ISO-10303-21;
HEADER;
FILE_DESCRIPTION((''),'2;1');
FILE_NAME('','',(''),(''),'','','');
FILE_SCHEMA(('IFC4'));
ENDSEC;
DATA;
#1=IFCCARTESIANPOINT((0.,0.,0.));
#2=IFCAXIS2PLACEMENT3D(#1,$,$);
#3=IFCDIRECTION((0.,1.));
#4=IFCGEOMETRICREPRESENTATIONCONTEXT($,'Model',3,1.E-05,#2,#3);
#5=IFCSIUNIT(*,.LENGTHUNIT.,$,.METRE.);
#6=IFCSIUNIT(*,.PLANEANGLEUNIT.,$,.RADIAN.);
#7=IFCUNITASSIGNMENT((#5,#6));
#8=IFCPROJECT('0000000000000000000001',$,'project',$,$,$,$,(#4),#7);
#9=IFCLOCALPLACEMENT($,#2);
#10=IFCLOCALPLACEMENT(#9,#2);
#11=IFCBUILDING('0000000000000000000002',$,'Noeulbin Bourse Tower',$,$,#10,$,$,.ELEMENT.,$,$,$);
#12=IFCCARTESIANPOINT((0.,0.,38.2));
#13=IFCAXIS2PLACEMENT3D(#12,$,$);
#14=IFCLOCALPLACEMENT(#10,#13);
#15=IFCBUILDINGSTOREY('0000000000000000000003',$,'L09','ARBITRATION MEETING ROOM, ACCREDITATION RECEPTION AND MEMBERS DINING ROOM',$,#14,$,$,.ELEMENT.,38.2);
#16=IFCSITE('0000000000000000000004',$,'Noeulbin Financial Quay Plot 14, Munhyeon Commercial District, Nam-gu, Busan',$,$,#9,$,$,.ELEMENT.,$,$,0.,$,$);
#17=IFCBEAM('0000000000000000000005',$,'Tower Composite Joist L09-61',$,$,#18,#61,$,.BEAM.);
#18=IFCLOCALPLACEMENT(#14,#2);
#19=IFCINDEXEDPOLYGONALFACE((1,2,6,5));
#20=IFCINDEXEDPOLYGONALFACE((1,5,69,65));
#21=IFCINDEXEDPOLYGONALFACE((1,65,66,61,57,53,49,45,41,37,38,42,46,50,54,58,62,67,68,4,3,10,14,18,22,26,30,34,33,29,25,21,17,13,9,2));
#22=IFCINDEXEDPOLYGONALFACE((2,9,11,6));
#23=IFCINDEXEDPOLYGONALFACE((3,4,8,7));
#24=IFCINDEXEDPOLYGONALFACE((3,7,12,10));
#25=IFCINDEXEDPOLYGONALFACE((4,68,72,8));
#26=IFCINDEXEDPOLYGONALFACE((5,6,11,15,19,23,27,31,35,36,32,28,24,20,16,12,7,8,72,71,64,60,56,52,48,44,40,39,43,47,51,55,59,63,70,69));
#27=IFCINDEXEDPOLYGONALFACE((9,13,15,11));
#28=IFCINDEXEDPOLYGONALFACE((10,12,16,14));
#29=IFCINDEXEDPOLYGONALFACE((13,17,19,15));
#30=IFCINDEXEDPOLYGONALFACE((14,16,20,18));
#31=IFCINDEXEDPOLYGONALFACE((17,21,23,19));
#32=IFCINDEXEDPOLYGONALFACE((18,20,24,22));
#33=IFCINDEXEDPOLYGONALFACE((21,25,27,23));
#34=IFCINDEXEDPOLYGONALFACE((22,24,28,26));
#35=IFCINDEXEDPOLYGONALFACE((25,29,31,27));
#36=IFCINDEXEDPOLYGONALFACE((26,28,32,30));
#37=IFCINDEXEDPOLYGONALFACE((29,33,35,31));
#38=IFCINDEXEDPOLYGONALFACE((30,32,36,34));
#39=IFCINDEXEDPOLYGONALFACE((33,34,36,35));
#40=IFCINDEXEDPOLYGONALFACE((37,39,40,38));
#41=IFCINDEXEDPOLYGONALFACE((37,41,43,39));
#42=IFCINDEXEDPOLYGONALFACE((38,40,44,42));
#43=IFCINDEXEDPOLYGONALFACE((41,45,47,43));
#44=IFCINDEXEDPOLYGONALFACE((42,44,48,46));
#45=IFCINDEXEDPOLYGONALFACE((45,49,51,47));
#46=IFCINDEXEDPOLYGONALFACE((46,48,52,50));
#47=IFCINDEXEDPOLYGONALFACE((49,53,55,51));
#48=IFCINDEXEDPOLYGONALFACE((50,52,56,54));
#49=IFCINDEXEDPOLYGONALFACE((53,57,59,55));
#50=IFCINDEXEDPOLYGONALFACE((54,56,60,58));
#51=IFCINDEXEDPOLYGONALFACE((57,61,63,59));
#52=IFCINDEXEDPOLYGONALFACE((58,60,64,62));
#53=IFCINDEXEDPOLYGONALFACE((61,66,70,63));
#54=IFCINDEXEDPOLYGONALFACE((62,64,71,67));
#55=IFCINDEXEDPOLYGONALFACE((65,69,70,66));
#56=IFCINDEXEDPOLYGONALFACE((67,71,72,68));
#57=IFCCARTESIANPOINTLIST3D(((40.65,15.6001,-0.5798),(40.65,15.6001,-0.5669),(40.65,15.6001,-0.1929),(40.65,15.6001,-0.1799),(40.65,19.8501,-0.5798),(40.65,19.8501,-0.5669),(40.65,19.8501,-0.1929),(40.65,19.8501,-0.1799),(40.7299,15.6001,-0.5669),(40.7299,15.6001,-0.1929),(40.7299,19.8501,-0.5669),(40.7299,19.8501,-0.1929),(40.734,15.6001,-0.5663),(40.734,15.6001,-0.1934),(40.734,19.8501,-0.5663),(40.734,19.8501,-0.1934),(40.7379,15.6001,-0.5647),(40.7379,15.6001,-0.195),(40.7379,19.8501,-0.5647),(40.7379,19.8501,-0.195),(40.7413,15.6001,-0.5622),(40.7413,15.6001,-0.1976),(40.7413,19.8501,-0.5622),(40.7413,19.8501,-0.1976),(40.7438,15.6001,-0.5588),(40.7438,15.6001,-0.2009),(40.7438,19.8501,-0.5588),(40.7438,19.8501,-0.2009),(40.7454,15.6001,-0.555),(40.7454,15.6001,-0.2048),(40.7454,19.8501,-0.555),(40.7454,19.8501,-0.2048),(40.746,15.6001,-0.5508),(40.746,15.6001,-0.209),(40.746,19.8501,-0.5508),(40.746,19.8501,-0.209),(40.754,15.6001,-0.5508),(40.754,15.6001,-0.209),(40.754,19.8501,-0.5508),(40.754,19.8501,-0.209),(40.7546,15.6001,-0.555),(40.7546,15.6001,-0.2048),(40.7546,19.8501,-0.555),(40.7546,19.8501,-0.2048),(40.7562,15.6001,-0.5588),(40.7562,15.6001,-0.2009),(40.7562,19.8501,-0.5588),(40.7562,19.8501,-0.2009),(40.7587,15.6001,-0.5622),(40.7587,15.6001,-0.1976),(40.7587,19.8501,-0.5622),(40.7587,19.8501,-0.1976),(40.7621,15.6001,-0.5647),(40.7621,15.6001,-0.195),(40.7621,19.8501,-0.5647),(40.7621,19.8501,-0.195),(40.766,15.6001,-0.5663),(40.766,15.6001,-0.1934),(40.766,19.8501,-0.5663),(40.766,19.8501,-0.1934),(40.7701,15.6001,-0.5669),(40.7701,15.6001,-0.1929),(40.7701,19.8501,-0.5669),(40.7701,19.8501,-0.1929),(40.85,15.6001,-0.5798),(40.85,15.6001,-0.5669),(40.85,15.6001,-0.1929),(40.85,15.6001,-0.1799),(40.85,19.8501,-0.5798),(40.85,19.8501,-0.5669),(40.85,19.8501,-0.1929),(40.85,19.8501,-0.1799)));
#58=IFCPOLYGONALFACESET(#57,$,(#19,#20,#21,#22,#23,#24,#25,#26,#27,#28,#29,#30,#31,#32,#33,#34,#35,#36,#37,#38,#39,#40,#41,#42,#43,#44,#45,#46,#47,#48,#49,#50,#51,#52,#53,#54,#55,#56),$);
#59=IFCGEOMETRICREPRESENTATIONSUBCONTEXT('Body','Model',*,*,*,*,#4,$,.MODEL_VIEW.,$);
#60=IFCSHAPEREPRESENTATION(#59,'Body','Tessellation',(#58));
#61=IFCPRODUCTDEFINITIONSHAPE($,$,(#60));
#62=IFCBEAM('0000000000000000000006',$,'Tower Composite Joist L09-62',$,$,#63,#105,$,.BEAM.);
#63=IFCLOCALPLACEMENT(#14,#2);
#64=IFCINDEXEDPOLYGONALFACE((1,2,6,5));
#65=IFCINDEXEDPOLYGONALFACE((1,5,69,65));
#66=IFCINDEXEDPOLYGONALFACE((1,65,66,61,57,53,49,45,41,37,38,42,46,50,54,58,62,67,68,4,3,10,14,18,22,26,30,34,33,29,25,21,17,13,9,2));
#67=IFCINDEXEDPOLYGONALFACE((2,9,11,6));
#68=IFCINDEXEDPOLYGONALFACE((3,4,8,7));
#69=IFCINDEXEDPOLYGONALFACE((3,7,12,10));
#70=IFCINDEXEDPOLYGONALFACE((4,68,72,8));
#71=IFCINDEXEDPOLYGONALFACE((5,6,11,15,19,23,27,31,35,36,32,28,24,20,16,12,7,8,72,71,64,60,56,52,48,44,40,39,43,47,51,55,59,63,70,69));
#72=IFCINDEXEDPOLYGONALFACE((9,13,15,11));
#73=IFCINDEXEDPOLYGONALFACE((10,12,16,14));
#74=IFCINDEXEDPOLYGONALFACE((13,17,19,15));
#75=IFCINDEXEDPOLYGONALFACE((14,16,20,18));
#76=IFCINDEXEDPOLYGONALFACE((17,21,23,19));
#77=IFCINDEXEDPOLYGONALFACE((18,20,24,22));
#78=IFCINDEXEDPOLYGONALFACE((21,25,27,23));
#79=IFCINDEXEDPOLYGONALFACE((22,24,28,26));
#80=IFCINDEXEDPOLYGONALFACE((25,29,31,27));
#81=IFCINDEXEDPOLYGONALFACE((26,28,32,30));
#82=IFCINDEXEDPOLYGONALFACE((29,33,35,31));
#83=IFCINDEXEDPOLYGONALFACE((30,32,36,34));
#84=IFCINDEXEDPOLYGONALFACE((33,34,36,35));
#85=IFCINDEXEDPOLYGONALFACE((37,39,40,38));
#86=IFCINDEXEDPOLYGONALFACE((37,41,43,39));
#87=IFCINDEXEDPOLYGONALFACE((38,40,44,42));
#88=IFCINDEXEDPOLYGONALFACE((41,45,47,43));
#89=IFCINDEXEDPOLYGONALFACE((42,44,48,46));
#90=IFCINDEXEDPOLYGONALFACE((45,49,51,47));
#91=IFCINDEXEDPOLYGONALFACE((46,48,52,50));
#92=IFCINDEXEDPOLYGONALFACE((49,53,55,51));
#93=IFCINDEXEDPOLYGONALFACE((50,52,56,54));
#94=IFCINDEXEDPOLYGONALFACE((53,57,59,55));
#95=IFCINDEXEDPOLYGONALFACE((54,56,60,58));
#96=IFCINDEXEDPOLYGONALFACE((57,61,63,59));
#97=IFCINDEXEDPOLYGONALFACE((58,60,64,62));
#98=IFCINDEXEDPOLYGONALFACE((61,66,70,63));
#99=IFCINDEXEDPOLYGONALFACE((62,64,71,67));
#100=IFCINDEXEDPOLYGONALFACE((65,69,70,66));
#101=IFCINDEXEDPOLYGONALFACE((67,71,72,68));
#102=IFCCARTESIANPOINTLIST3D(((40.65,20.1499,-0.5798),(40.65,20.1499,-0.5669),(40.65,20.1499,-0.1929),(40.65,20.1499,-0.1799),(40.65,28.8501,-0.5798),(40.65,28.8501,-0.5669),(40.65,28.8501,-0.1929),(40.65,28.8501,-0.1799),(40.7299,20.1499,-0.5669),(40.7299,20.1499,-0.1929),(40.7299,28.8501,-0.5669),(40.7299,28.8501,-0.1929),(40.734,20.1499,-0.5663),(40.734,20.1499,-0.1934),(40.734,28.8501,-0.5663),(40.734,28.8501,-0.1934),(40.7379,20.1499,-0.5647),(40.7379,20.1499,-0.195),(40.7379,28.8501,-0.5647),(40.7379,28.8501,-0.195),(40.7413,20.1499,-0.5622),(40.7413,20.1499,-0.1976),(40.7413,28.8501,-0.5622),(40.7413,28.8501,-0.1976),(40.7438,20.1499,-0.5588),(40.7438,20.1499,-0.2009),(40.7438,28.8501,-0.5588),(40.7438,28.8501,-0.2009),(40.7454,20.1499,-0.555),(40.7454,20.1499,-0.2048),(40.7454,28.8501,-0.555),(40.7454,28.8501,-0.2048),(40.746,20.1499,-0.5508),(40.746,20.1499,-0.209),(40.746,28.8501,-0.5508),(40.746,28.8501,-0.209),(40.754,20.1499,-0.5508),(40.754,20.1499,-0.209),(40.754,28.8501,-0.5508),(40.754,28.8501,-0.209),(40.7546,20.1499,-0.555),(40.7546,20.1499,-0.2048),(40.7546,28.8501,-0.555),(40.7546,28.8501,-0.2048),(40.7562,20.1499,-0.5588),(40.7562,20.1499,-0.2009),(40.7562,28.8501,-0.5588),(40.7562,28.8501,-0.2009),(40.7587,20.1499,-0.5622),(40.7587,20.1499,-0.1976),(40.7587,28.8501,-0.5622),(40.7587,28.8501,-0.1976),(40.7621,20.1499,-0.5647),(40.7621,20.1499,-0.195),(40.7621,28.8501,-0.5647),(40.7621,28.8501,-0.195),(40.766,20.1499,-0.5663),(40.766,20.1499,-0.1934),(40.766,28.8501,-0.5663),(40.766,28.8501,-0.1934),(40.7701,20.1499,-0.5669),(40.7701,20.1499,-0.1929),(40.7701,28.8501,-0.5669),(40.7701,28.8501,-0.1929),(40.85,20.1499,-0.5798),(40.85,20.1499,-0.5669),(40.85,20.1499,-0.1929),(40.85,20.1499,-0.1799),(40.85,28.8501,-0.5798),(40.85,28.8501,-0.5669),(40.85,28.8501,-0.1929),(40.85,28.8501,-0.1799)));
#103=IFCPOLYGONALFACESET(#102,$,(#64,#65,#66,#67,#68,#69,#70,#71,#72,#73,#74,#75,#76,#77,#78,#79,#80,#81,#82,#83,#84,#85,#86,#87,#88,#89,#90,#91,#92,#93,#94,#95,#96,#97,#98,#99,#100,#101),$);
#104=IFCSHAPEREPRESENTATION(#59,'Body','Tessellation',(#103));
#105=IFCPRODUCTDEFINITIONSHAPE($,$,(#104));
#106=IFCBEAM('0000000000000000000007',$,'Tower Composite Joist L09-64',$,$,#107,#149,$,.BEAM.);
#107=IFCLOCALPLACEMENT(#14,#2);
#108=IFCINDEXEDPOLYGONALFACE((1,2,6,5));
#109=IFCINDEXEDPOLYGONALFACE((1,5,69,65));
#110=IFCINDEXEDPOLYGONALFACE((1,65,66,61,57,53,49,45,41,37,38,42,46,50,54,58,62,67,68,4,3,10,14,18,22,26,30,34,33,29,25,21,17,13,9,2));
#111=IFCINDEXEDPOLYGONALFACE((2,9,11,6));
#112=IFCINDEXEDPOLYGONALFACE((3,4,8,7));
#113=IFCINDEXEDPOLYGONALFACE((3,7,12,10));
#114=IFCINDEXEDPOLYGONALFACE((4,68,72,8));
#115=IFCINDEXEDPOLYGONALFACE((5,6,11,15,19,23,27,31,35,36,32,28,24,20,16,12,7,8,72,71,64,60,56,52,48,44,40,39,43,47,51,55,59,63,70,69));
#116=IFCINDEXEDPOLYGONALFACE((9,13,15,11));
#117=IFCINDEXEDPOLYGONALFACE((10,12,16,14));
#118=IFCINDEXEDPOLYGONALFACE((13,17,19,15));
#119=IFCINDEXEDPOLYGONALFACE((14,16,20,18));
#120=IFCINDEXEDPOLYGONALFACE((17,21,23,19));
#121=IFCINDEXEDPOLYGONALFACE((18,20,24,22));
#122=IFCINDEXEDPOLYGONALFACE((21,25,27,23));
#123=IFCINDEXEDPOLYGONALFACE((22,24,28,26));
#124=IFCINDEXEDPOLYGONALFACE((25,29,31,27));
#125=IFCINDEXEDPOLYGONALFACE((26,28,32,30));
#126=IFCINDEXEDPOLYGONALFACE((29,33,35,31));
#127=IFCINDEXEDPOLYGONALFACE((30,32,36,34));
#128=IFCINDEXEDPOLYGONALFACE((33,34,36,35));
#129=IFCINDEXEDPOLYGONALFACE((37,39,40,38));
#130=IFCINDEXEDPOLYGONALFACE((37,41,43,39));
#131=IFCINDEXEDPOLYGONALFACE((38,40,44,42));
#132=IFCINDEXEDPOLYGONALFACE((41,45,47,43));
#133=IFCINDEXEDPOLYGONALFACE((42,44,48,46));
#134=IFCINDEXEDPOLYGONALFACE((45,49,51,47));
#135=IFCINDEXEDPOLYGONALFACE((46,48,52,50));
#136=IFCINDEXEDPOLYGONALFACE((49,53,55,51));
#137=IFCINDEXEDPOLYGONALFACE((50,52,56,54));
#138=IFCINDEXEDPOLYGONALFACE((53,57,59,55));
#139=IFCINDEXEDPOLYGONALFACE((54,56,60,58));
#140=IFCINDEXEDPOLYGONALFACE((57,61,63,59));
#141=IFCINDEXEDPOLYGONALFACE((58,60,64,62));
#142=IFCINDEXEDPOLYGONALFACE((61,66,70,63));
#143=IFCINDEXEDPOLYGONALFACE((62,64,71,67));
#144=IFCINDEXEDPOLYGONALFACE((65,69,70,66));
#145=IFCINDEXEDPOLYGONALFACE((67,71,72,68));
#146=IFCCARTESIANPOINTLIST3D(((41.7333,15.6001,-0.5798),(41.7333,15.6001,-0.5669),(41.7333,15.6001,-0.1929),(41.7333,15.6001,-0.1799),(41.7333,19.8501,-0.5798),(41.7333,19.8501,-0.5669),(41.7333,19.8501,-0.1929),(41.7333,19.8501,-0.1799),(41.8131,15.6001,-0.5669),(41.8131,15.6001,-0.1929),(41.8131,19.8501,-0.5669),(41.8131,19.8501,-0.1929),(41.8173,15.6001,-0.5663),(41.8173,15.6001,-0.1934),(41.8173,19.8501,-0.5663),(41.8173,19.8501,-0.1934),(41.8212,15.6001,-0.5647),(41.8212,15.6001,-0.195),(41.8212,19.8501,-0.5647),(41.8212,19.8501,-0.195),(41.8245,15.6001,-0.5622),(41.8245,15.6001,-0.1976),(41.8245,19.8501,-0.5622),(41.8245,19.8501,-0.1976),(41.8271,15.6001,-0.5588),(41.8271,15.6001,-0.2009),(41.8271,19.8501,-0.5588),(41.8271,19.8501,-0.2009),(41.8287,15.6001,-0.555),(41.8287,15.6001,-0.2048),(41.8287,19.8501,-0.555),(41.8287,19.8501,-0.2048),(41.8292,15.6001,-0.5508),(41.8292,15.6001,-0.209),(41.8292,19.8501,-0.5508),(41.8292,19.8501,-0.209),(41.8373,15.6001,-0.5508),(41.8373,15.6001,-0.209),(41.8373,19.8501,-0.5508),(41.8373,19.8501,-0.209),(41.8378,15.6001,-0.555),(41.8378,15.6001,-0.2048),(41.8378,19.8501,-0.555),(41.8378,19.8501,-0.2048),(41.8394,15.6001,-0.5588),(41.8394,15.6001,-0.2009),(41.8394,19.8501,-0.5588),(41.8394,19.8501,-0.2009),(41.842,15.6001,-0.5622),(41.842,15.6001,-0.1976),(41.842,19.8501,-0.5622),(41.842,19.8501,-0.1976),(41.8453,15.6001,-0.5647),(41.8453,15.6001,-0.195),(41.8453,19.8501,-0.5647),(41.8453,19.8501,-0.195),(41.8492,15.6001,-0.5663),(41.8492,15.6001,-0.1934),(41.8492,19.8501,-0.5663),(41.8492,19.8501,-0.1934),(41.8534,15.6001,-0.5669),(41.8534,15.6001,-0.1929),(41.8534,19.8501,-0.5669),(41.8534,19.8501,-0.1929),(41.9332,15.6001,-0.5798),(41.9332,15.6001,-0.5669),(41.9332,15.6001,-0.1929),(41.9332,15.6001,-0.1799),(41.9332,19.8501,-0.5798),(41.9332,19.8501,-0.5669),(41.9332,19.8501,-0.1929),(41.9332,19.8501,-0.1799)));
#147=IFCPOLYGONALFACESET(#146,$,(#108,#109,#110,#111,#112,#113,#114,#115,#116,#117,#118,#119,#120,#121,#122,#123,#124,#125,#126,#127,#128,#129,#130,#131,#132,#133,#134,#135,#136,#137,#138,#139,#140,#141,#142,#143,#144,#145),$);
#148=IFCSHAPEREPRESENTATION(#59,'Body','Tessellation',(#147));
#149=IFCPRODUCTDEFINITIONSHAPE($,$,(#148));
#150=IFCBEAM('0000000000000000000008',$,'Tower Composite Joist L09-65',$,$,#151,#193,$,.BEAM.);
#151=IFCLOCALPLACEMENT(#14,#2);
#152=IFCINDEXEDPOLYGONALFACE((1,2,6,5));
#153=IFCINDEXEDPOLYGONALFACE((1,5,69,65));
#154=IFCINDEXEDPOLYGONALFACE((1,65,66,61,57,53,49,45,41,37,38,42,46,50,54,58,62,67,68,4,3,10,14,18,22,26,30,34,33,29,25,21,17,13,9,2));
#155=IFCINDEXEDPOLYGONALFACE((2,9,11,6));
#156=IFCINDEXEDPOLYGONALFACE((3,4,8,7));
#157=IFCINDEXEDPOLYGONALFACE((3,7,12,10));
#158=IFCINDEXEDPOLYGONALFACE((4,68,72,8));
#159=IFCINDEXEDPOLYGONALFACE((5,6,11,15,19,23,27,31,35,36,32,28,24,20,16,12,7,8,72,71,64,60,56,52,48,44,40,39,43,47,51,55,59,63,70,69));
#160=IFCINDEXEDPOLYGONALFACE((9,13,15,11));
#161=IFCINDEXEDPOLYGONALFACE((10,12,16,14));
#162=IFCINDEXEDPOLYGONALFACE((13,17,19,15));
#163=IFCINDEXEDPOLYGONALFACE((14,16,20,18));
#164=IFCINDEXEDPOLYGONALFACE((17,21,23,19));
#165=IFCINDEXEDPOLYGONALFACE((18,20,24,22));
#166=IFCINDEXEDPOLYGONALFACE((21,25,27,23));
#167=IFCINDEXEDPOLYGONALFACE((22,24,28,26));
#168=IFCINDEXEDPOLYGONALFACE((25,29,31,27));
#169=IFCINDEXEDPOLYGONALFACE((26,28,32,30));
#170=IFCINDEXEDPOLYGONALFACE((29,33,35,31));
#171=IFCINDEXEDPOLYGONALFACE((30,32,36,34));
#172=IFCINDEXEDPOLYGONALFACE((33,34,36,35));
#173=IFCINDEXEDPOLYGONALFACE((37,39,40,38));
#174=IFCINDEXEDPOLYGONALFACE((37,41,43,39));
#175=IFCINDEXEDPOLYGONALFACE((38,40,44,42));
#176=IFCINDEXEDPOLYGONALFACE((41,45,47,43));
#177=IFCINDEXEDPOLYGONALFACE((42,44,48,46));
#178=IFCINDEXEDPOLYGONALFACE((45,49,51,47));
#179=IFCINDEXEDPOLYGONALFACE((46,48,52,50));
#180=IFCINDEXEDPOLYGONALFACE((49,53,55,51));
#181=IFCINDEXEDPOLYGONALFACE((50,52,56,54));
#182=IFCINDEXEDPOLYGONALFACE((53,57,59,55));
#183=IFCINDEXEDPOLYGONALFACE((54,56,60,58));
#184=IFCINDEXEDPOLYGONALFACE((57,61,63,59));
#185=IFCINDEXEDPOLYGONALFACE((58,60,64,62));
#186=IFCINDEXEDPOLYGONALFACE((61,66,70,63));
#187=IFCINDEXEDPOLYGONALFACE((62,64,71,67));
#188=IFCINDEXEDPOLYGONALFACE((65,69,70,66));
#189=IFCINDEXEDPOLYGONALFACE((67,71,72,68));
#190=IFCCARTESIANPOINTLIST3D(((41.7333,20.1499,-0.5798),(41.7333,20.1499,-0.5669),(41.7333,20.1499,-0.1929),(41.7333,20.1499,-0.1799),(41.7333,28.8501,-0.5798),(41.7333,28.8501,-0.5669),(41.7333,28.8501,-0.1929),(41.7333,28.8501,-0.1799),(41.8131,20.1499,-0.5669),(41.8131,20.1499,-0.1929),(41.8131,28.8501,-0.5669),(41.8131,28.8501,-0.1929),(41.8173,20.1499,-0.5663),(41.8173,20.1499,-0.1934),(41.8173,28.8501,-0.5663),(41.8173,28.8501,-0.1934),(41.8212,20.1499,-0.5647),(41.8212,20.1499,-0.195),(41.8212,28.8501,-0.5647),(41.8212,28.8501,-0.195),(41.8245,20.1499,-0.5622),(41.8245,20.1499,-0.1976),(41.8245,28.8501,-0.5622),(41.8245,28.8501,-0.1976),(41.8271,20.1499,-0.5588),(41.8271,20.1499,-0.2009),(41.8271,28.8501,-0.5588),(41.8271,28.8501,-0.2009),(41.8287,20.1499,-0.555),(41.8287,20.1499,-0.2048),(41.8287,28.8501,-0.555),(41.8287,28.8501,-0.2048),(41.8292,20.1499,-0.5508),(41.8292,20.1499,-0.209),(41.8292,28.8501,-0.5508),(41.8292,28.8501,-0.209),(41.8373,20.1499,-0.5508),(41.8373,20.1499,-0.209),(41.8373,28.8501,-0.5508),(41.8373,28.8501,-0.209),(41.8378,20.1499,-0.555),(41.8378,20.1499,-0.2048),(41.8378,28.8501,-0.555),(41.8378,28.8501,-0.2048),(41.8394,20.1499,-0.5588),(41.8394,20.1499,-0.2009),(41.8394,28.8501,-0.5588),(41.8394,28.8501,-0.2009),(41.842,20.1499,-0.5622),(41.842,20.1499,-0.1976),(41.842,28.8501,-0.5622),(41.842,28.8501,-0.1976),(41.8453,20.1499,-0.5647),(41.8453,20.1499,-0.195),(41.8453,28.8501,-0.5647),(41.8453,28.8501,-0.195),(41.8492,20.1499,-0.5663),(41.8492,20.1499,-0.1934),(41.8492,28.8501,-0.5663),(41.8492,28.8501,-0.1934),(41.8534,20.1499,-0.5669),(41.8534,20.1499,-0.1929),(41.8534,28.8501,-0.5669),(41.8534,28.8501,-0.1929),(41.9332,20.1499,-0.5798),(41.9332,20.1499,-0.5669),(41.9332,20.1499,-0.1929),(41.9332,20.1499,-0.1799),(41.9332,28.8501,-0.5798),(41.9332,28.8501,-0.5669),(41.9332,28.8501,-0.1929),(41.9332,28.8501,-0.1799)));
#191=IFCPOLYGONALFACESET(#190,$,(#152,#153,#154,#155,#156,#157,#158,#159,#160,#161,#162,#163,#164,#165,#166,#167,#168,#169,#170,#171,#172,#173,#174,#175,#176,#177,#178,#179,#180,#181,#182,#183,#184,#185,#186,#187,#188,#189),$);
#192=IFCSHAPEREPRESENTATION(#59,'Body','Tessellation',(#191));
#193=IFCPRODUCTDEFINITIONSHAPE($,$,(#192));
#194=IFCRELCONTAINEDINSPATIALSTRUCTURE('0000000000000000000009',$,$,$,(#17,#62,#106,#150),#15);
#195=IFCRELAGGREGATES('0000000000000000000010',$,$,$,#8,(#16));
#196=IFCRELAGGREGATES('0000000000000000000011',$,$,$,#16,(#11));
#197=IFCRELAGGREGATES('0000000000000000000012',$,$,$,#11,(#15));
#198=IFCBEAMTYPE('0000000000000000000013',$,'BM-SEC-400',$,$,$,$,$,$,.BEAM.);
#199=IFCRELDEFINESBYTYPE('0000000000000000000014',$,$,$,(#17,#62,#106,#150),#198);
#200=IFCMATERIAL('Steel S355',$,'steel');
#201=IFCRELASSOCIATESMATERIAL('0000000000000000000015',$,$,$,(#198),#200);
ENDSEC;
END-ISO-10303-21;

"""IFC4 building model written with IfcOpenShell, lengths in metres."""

from ifc_helpers import new_model, si_unit, direction, frame, origin, origin_2d, place, context, subcontext, project, spatial, i_section, extrude, material, material_profile, profile_set, type_object, element, save


model = new_model("IFC4")

# Units and contexts
model_context = context("Model", 3, precision=1e-05, world=origin(), true_north=direction((0.0, 1.0)))
body_context = subcontext(model_context, "Body", "Model", "MODEL_VIEW")
ifc_project = project(units=[si_unit("LENGTHUNIT", "METRE"), si_unit("PLANEANGLEUNIT", "RADIAN")], contexts=[model_context])

# Site, building, storey
site_placement = place(None, origin())
site = spatial("IfcSite", under=ifc_project, at=site_placement, Name="Noeulbin Financial Quay Plot 14, Munhyeon Commercial District, Nam-gu, Busan", CompositionType="ELEMENT", RefElevation=0.0)
building_placement = place(site_placement, origin())
building = spatial("IfcBuilding", under=site, at=building_placement, Name="Noeulbin Bourse Tower", CompositionType="ELEMENT")
storey_placement = place(building_placement, frame((0.0, 0.0, 38.2)))
storey = spatial("IfcBuildingStorey", under=building, at=storey_placement, Name="L09", Description="ARBITRATION MEETING ROOM, ACCREDITATION RECEPTION AND MEMBERS DINING ROOM", CompositionType="ELEMENT", Elevation=38.2)

# Beams
ifc_material_1 = material(Name="Steel S355", Category="steel")
ifc_material_profile_1 = material_profile(ifc_material_1, i_section(OverallWidth=0.2, OverallDepth=0.3999, WebThickness=0.0081, FlangeThickness=0.0129, FilletRadius=0.0161, at=origin_2d()), Name="H-400x200x8x13", Category="LoadBearing")
ifc_profile_set_1 = profile_set([ifc_material_profile_1], Name="Steel S355")
beam_type_1 = type_object("IfcBeamType", Name="BM-SEC-400", PredefinedType="BEAM", material=ifc_profile_set_1)
beam_1_placement = place(storey_placement, frame((40.75, 15.6001, -0.3799), z_axis=(0.0, 1.0, 0.0), x_axis=(-1.0, 0.0, 0.0)))
element("IfcBeam", 1, at=beam_1_placement, inside=storey, type_object=beam_type_1, Name="Tower Composite Joist L09-61", PredefinedType="BEAM", context=body_context, shape_type="SweptSolid", body=[
    extrude(i_section(OverallWidth=0.2, OverallDepth=0.3999, WebThickness=0.0081, FlangeThickness=0.0129, FilletRadius=0.0161, at=origin_2d()), origin(), (0.0, 0.0, 1.0), 4.25),
])
beam_2_placement = place(storey_placement, frame((40.75, 20.1499, -0.3799), z_axis=(0.0, 1.0, 0.0), x_axis=(-1.0, 0.0, 0.0)))
element("IfcBeam", 2, at=beam_2_placement, inside=storey, type_object=beam_type_1, Name="Tower Composite Joist L09-62", PredefinedType="BEAM", context=body_context, shape_type="SweptSolid", body=[
    extrude(i_section(OverallWidth=0.2, OverallDepth=0.3999, WebThickness=0.0081, FlangeThickness=0.0129, FilletRadius=0.0161, at=origin_2d()), origin(), (0.0, 0.0, 1.0), 8.7002),
])
beam_3_placement = place(storey_placement, frame((41.8333, 15.6001, -0.3799), z_axis=(0.0, 1.0, 0.0), x_axis=(-1.0, 0.0, 0.0)))
element("IfcBeam", 3, at=beam_3_placement, inside=storey, type_object=beam_type_1, Name="Tower Composite Joist L09-64", PredefinedType="BEAM", context=body_context, shape_type="SweptSolid", body=[
    extrude(i_section(OverallWidth=0.2, OverallDepth=0.3999, WebThickness=0.0081, FlangeThickness=0.0129, FilletRadius=0.0161, at=origin_2d()), origin(), (0.0, 0.0, 1.0), 4.25),
])
beam_4_placement = place(storey_placement, frame((41.8333, 20.1499, -0.3799), z_axis=(0.0, 1.0, 0.0), x_axis=(-1.0, 0.0, 0.0)))
element("IfcBeam", 4, at=beam_4_placement, inside=storey, type_object=beam_type_1, Name="Tower Composite Joist L09-65", PredefinedType="BEAM", context=body_context, shape_type="SweptSolid", body=[
    extrude(i_section(OverallWidth=0.2, OverallDepth=0.3999, WebThickness=0.0081, FlangeThickness=0.0129, FilletRadius=0.0161, at=origin_2d()), origin(), (0.0, 0.0, 1.0), 8.7002),
])

save(model, "model.ifc")
